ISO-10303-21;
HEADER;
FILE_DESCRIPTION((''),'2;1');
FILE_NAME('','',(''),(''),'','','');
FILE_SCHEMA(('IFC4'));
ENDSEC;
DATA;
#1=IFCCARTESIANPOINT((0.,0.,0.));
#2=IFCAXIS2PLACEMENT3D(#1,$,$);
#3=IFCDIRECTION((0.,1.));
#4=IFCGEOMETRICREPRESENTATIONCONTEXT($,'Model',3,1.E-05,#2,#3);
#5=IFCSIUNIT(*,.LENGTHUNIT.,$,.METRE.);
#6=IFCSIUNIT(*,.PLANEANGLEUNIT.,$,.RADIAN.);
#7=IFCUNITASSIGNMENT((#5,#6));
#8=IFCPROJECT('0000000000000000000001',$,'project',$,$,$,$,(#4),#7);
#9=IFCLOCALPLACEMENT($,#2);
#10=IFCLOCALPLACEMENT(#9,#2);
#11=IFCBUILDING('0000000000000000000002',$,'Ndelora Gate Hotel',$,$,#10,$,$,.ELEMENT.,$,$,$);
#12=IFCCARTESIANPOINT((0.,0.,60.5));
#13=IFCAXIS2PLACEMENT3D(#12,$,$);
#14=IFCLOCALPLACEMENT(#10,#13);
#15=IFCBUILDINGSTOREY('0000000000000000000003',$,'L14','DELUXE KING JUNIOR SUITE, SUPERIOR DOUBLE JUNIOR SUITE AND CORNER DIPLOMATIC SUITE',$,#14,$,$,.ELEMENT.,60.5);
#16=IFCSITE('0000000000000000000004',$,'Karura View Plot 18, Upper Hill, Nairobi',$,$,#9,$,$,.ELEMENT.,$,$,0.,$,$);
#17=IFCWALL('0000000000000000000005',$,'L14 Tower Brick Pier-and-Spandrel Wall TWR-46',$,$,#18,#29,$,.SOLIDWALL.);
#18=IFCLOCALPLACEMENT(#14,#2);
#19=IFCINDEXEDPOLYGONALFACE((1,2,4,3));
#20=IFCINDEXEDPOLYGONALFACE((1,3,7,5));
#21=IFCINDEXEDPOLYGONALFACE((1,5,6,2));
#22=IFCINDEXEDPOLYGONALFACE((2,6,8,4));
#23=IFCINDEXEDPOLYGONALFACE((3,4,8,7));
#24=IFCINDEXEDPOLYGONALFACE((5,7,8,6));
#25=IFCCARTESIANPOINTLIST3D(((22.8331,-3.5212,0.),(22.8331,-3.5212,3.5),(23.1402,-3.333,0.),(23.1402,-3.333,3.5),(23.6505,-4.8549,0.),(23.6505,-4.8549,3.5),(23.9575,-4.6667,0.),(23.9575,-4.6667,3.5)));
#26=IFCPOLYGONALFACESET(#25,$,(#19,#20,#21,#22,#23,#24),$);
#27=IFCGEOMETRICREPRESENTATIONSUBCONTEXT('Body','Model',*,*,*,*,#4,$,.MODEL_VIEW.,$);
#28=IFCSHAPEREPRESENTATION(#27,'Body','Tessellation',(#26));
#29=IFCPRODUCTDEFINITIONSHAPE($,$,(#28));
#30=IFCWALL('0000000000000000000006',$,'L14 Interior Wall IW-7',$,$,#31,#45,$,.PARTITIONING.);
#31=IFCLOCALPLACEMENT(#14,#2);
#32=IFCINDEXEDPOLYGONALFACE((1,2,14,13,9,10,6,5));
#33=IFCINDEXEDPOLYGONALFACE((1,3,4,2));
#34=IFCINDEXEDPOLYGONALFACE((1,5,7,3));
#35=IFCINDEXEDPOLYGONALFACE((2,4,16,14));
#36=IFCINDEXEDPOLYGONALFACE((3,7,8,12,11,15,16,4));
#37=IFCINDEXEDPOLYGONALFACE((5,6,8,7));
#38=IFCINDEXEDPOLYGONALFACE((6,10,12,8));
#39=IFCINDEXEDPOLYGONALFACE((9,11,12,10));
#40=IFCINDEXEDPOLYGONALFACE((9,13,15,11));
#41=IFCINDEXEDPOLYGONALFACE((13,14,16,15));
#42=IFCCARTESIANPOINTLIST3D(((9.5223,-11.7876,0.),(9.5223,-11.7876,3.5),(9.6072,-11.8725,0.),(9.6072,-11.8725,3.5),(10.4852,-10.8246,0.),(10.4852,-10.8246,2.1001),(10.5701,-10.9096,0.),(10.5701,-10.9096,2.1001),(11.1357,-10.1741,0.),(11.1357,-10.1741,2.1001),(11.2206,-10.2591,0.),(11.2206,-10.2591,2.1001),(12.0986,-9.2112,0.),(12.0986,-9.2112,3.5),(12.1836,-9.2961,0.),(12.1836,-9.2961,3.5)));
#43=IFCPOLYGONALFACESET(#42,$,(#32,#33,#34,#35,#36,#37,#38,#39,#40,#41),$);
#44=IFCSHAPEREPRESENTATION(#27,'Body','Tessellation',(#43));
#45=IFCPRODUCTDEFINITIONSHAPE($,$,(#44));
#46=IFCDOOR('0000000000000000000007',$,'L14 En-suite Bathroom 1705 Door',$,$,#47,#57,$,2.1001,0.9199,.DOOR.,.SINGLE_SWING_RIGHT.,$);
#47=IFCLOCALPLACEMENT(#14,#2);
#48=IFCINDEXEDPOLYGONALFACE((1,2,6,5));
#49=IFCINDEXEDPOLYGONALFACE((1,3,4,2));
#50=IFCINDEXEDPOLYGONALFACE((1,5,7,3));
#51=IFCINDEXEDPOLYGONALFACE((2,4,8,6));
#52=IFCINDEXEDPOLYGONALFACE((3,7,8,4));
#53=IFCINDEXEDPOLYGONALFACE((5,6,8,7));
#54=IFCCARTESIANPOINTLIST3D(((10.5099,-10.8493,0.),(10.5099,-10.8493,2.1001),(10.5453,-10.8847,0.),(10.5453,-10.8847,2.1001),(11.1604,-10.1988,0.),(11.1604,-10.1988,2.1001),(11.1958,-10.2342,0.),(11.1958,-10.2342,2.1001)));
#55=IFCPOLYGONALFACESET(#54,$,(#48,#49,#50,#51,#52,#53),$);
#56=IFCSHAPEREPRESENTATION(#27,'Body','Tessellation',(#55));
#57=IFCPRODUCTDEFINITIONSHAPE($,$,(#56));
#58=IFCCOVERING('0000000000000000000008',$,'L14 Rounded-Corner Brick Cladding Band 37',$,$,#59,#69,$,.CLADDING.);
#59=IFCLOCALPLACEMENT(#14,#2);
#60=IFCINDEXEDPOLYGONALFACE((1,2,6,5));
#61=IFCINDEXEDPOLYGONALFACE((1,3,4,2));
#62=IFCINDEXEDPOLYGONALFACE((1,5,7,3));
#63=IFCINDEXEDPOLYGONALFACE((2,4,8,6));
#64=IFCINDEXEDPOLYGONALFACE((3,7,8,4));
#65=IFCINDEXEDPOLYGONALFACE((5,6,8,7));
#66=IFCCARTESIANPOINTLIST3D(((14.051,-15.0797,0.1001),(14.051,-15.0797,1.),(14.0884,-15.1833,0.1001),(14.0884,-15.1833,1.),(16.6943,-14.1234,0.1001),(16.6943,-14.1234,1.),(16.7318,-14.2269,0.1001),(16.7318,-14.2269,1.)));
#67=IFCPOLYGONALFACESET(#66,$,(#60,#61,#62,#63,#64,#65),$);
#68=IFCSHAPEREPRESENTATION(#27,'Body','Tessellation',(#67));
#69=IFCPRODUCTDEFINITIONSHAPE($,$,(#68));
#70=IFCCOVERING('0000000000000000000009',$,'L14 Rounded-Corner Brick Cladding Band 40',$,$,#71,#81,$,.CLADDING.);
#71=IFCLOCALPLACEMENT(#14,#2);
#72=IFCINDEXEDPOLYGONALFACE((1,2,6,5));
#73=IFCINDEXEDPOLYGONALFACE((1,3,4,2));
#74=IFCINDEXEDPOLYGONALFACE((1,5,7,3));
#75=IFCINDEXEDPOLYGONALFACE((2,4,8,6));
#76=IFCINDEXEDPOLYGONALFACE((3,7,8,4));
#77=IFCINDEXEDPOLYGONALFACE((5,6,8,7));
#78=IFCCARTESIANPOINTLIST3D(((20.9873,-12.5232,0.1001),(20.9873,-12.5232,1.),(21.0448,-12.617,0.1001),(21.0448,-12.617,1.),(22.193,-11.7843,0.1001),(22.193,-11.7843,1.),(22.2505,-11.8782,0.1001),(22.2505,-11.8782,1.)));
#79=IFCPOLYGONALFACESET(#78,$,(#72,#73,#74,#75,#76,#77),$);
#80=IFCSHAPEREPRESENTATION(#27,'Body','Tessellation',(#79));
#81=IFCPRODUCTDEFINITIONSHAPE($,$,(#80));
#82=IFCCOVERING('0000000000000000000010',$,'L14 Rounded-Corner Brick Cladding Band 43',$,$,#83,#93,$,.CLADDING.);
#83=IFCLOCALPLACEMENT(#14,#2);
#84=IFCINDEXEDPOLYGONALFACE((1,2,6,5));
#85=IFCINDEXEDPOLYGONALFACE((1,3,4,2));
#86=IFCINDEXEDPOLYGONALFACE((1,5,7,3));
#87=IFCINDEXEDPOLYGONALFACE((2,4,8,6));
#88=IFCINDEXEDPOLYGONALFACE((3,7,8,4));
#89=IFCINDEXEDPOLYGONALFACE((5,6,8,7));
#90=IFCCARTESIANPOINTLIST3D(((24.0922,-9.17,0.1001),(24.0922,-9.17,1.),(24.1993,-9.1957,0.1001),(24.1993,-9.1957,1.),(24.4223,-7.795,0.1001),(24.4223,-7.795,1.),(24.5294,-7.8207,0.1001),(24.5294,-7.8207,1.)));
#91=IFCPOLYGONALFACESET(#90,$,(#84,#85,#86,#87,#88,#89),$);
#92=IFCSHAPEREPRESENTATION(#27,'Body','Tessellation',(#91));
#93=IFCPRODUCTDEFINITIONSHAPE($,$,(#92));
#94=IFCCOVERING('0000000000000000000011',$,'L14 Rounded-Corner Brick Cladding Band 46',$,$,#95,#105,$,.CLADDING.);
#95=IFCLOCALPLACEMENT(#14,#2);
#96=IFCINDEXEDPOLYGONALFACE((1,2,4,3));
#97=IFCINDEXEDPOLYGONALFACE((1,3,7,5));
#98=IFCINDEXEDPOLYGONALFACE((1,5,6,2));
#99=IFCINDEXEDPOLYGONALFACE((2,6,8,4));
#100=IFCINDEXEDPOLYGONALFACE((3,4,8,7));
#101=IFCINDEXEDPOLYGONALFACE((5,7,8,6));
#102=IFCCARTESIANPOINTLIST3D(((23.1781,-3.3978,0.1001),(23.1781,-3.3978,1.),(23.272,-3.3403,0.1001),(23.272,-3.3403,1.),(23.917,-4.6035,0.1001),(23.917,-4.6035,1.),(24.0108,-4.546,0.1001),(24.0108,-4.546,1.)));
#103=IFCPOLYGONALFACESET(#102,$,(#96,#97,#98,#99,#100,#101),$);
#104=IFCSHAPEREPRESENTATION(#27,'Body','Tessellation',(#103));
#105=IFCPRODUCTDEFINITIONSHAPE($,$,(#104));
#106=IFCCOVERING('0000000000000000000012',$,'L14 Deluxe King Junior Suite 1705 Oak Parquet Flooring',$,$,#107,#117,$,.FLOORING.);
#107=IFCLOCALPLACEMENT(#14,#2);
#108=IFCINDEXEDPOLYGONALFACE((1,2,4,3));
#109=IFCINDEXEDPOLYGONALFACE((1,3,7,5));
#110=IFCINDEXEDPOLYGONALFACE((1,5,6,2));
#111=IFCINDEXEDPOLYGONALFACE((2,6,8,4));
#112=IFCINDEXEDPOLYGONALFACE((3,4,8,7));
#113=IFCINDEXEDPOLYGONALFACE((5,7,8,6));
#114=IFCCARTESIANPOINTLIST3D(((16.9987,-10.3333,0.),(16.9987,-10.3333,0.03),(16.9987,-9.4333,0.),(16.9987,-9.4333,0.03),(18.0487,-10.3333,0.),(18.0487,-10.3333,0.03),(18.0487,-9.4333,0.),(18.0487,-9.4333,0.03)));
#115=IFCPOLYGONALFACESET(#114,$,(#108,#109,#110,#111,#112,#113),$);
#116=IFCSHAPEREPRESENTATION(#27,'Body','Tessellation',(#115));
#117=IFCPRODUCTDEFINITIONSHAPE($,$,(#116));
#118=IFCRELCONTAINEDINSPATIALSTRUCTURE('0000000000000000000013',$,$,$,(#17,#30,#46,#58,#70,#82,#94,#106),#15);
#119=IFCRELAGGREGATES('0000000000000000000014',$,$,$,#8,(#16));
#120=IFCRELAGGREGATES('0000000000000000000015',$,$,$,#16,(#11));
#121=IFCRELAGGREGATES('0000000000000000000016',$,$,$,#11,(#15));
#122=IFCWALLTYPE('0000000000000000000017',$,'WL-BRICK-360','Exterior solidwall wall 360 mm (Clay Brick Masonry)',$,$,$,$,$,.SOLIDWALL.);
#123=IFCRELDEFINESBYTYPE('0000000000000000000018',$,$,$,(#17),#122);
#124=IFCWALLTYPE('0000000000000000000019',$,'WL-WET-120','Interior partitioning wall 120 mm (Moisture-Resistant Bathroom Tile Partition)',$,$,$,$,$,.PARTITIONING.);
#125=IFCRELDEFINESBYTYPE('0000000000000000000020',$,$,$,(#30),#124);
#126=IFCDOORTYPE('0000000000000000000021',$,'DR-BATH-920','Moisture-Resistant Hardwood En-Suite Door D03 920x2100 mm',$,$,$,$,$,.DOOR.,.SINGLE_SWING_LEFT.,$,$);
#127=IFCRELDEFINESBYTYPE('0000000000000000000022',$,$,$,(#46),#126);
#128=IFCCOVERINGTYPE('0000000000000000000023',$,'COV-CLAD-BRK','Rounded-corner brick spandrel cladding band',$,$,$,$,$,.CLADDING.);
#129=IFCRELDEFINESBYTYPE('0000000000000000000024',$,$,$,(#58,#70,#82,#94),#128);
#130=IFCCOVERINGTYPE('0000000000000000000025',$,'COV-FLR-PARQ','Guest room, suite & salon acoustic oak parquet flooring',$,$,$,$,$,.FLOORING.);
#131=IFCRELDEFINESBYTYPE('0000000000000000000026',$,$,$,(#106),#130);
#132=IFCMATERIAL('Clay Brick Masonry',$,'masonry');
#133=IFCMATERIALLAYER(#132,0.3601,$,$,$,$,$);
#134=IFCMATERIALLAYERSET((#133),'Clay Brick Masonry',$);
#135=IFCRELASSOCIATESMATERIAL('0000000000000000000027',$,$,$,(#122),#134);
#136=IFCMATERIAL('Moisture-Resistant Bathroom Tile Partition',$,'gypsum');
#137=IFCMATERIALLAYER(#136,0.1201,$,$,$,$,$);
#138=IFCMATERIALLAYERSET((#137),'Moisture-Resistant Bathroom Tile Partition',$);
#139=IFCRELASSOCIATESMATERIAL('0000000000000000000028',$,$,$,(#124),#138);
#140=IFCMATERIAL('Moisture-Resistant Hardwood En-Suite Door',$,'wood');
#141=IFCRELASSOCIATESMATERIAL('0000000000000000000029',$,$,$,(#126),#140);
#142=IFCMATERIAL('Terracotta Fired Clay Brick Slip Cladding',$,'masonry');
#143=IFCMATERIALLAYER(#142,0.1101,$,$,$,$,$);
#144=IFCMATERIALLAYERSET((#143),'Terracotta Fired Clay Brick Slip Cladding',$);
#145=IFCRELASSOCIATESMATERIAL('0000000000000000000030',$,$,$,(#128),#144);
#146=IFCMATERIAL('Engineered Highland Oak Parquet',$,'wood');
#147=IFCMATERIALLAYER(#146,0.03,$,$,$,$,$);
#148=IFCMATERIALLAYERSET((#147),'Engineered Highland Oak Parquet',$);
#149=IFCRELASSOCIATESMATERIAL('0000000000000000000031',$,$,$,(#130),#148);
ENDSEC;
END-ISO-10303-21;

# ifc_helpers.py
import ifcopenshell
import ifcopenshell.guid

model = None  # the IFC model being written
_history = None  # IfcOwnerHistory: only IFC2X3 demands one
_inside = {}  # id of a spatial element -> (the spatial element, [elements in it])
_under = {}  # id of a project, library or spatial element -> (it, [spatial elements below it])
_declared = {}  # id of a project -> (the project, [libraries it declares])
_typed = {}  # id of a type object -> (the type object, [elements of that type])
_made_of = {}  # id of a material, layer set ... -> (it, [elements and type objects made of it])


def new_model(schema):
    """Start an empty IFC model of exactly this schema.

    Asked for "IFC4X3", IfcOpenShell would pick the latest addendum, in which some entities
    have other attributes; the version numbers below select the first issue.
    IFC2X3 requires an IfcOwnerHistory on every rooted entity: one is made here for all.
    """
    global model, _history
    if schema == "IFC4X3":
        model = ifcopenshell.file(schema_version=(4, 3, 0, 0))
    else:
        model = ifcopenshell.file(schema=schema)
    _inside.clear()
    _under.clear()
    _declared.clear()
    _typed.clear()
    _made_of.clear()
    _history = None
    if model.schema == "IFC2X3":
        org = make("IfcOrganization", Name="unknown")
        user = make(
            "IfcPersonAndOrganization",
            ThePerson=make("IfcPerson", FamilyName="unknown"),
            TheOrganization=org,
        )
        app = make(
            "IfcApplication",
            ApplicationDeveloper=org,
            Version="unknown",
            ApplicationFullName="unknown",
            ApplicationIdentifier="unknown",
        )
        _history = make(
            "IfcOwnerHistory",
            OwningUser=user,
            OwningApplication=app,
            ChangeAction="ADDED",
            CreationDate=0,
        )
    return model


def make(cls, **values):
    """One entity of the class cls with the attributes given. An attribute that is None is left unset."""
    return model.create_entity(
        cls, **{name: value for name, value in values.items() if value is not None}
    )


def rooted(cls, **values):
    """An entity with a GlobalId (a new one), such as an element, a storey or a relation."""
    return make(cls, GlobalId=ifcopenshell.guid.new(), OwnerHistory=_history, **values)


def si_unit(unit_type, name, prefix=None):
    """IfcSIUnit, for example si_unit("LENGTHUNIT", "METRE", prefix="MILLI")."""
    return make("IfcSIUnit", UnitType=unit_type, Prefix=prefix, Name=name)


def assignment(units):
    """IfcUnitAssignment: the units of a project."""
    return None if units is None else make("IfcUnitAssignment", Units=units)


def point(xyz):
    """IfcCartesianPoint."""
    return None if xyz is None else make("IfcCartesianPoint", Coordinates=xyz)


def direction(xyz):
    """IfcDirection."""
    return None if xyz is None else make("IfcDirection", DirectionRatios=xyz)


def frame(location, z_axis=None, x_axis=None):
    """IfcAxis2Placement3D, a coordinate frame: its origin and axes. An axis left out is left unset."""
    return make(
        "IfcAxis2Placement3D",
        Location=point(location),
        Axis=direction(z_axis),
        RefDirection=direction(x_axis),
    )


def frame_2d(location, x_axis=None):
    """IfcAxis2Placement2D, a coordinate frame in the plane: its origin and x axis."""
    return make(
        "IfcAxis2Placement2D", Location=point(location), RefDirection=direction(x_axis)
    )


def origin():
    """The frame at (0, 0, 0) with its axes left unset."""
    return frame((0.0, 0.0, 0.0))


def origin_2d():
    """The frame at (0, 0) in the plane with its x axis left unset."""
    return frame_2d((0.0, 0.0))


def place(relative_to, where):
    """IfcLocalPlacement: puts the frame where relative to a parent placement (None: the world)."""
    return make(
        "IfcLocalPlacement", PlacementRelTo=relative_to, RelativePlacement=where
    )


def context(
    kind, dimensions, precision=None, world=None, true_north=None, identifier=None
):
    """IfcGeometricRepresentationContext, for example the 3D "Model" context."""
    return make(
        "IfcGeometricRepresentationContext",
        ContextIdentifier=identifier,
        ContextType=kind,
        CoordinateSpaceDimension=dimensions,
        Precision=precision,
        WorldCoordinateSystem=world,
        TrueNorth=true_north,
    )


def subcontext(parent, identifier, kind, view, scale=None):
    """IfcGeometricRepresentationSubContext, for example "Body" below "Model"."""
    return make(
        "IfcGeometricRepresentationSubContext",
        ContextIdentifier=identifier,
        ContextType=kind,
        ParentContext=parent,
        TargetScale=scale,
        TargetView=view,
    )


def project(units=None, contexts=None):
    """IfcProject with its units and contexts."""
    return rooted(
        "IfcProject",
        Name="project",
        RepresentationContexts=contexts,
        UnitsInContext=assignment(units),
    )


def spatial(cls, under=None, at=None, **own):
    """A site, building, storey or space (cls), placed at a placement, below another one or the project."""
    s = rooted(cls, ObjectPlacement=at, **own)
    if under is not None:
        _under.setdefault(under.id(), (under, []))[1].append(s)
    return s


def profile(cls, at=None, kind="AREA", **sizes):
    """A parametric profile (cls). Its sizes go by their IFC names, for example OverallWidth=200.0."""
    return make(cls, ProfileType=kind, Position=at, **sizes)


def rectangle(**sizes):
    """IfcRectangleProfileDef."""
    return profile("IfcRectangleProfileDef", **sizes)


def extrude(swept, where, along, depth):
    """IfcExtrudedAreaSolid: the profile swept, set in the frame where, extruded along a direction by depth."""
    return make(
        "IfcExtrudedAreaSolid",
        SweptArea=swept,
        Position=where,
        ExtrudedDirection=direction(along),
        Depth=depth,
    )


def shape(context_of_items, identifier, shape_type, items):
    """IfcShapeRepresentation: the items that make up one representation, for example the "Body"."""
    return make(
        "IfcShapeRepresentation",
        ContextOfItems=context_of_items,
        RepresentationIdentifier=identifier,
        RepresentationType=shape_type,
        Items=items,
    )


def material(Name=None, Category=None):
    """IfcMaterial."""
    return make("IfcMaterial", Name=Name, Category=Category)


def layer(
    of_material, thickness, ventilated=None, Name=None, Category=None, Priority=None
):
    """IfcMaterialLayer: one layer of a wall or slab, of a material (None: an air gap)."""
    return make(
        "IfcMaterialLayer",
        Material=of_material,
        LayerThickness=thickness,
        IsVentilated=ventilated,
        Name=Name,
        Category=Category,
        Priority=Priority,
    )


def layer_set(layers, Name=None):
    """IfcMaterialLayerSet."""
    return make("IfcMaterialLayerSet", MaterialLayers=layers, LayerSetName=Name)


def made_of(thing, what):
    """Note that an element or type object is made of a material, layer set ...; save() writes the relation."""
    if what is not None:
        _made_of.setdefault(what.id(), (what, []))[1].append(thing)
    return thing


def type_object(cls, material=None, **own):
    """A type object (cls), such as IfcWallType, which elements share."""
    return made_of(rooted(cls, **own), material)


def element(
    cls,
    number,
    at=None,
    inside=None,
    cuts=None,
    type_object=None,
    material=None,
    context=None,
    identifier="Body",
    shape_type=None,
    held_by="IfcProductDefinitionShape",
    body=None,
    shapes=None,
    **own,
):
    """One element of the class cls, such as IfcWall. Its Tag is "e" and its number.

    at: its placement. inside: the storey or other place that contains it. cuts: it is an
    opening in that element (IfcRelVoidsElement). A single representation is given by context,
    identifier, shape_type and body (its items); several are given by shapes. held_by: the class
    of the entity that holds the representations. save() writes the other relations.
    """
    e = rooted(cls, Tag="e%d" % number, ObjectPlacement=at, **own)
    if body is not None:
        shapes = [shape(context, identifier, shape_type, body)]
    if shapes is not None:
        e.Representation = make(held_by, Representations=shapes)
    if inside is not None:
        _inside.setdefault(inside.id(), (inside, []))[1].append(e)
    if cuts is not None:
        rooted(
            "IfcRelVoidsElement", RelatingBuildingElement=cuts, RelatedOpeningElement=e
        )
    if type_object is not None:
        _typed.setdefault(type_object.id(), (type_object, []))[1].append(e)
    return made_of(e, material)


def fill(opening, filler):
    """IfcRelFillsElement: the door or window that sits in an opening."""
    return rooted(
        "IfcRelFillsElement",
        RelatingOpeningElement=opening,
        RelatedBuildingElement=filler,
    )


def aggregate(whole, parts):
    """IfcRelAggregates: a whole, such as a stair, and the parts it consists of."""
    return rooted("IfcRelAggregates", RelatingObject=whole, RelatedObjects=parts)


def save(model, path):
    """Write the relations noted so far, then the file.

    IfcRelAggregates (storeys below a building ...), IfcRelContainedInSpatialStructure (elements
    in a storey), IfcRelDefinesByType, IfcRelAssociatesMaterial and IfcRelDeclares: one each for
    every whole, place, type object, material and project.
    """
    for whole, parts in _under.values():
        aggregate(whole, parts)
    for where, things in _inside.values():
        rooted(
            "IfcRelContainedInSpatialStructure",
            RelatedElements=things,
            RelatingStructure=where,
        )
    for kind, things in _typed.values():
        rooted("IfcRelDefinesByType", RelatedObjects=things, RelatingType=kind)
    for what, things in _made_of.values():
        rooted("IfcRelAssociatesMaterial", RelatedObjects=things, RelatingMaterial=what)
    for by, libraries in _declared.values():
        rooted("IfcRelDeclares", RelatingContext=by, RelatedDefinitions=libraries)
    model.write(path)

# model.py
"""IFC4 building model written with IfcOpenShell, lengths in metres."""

from ifc_helpers import new_model, si_unit, direction, frame, frame_2d, origin, origin_2d, place, context, subcontext, project, spatial, rectangle, extrude, material, layer, layer_set, type_object, element, fill, save


model = new_model("IFC4")

# Units and contexts
model_context = context("Model", 3, precision=1e-05, world=origin(), true_north=direction((0.0, 1.0)))
body_context = subcontext(model_context, "Body", "Model", "MODEL_VIEW")
ifc_project = project(units=[si_unit("LENGTHUNIT", "METRE"), si_unit("PLANEANGLEUNIT", "RADIAN")], contexts=[model_context])

# Site, building, storey
site_placement = place(None, origin())
site = spatial("IfcSite", under=ifc_project, at=site_placement, Name="Karura View Plot 18, Upper Hill, Nairobi", CompositionType="ELEMENT", RefElevation=0.0)
building_placement = place(site_placement, origin())
building = spatial("IfcBuilding", under=site, at=building_placement, Name="Ndelora Gate Hotel", CompositionType="ELEMENT")
storey_placement = place(building_placement, frame((0.0, 0.0, 60.5)))
storey = spatial("IfcBuildingStorey", under=building, at=storey_placement, Name="L14", Description="DELUXE KING JUNIOR SUITE, SUPERIOR DOUBLE JUNIOR SUITE AND CORNER DIPLOMATIC SUITE", CompositionType="ELEMENT", Elevation=60.5)

# Shared definitions
ifc_material_1 = material(Name="Clay Brick Masonry", Category="masonry")
ifc_layer_1 = layer(ifc_material_1, 0.3601)
ifc_layer_set_1 = layer_set([ifc_layer_1], Name="Clay Brick Masonry")
wall_type_1 = type_object("IfcWallType", Name="WL-BRICK-360", Description="Exterior solidwall wall 360 mm (Clay Brick Masonry)", PredefinedType="SOLIDWALL", material=ifc_layer_set_1)

# Wall
for number, where, z_axis, x_axis, name in (
    (1, (22.9866, -3.427, 0.0), (0.0, 0.0, 1.0), (0.522529, -0.852621, 0.0), "L14 Tower Brick Pier-and-Spandrel Wall TWR-46"),
):
    element("IfcWall", number, at=place(storey_placement, frame(where, z_axis=z_axis, x_axis=x_axis)), inside=storey, type_object=wall_type_1, Name=name, PredefinedType="SOLIDWALL", context=body_context, shape_type="SweptSolid", body=[
        extrude(rectangle(XDim=1.5642, YDim=0.3601, at=frame_2d((0.7822, 0.0))), origin(), (0.0, 0.0, 1.0), 3.5),
    ])

# Wall, opening, door
ifc_material_2 = material(Name="Moisture-Resistant Bathroom Tile Partition", Category="gypsum")
ifc_layer_2 = layer(ifc_material_2, 0.1201)
ifc_layer_set_2 = layer_set([ifc_layer_2], Name="Moisture-Resistant Bathroom Tile Partition")
wall_type_2 = type_object("IfcWallType", Name="WL-WET-120", Description="Interior partitioning wall 120 mm (Moisture-Resistant Bathroom Tile Partition)", PredefinedType="PARTITIONING", material=ifc_layer_set_2)
wall_1_placement = place(storey_placement, frame((12.1411, -9.2537, 0.0), z_axis=(0.0, 0.0, 1.0), x_axis=(-0.707107, -0.707107, 0.0)))
wall_1 = element("IfcWall", 2, at=wall_1_placement, inside=storey, type_object=wall_type_2, Name="L14 Interior Wall IW-7", PredefinedType="PARTITIONING", context=body_context, shape_type="SweptSolid", body=[
    extrude(rectangle(XDim=3.6436, YDim=0.1201, at=frame_2d((1.8218, 0.0))), origin(), (0.0, 0.0, 1.0), 3.5),
])
opening_1_placement = place(wall_1_placement, frame((1.3618, 0.0, 0.0)))
opening_1 = element("IfcOpeningElement", 3, at=opening_1_placement, cuts=wall_1, PredefinedType="OPENING", context=body_context, shape_type="SweptSolid", body=[
    extrude(rectangle(XDim=0.9199, YDim=2.1001, at=frame_2d((0.46, 1.05))), frame((0.0, 0.0701, 0.0), z_axis=(0.0, -1.0, 0.0), x_axis=(1.0, 0.0, 0.0)), (0.0, 0.0, 1.0), 0.1401),
])
ifc_material_3 = material(Name="Moisture-Resistant Hardwood En-Suite Door", Category="wood")
door_type = type_object("IfcDoorType", Name="DR-BATH-920", Description="Moisture-Resistant Hardwood En-Suite Door D03 920x2100 mm", OperationType="SINGLE_SWING_LEFT", PredefinedType="DOOR", material=ifc_material_3)
door_placement = place(opening_1_placement, origin())
door = element("IfcDoor", 4, at=door_placement, inside=storey, type_object=door_type, Name="L14 En-suite Bathroom 1705 Door", OperationType="SINGLE_SWING_RIGHT", OverallHeight=2.1001, OverallWidth=0.9199, PredefinedType="DOOR", context=body_context, shape_type="SweptSolid", body=[
    extrude(rectangle(XDim=0.9199, YDim=2.1001, at=frame_2d((0.46, 1.05))), frame((0.0, 0.0249, 0.0), z_axis=(0.0, -1.0, 0.0), x_axis=(1.0, 0.0, 0.0)), (0.0, 0.0, 1.0), 0.05),
])
fill(opening_1, door)

# Coverings
ifc_material_4 = material(Name="Terracotta Fired Clay Brick Slip Cladding", Category="masonry")
ifc_layer_3 = layer(ifc_material_4, 0.1101)
ifc_layer_set_3 = layer_set([ifc_layer_3], Name="Terracotta Fired Clay Brick Slip Cladding")
covering_type_1 = type_object("IfcCoveringType", Name="COV-CLAD-BRK", Description="Rounded-corner brick spandrel cladding band", PredefinedType="CLADDING", material=ifc_layer_set_3)
covering_1_placement = place(storey_placement, frame((15.3914, -14.6533, 0.1001), z_axis=(0.0, 0.0, 1.0), x_axis=(0.940348, 0.340215, 0.0)))
element("IfcCovering", 5, at=covering_1_placement, inside=storey, type_object=covering_type_1, Name="L14 Rounded-Corner Brick Cladding Band 37", PredefinedType="CLADDING", context=body_context, shape_type="SweptSolid", body=[
    extrude(rectangle(XDim=2.811, YDim=0.1101, at=origin_2d()), origin(), (0.0, 0.0, 1.0), 0.8999),
])
for number, where, z_axis, x_axis, name in (
    (6, (21.6189, -12.2007, 0.1001), (0.0, 0.0, 1.0), (0.85264, 0.522499, 0.0), "L14 Rounded-Corner Brick Cladding Band 40"),
    (7, (24.3108, -8.4954, 0.1001), (0.0, 0.0, 1.0), (0.233445, 0.97237, 0.0), "L14 Rounded-Corner Brick Cladding Band 43"),
    (8, (23.5945, -3.9719, 0.1001), (0.0, 0.0, 1.0), (-0.522499, 0.85264, 0.0), "L14 Rounded-Corner Brick Cladding Band 46"),
):
    element("IfcCovering", number, at=place(storey_placement, frame(where, z_axis=z_axis, x_axis=x_axis)), inside=storey, type_object=covering_type_1, Name=name, PredefinedType="CLADDING", context=body_context, shape_type="SweptSolid", body=[
        extrude(rectangle(XDim=1.4141, YDim=0.1101, at=origin_2d()), origin(), (0.0, 0.0, 1.0), 0.8999),
    ])
ifc_material_5 = material(Name="Engineered Highland Oak Parquet", Category="wood")
ifc_layer_4 = layer(ifc_material_5, 0.03)
ifc_layer_set_4 = layer_set([ifc_layer_4], Name="Engineered Highland Oak Parquet")
covering_type_2 = type_object("IfcCoveringType", Name="COV-FLR-PARQ", Description="Guest room, suite & salon acoustic oak parquet flooring", PredefinedType="FLOORING", material=ifc_layer_set_4)
covering_2_placement = place(storey_placement, frame((17.5237, -9.8833, 0.0), z_axis=(0.0, 0.0, 1.0), x_axis=(1.0, 0.0, 0.0)))
element("IfcCovering", 9, at=covering_2_placement, inside=storey, type_object=covering_type_2, Name="L14 Deluxe King Junior Suite 1705 Oak Parquet Flooring", PredefinedType="FLOORING", context=body_context, shape_type="SweptSolid", body=[
    extrude(rectangle(XDim=1.05, YDim=0.8999, at=origin_2d()), origin(), (0.0, 0.0, 1.0), 0.03),
])

save(model, "model.ifc")
